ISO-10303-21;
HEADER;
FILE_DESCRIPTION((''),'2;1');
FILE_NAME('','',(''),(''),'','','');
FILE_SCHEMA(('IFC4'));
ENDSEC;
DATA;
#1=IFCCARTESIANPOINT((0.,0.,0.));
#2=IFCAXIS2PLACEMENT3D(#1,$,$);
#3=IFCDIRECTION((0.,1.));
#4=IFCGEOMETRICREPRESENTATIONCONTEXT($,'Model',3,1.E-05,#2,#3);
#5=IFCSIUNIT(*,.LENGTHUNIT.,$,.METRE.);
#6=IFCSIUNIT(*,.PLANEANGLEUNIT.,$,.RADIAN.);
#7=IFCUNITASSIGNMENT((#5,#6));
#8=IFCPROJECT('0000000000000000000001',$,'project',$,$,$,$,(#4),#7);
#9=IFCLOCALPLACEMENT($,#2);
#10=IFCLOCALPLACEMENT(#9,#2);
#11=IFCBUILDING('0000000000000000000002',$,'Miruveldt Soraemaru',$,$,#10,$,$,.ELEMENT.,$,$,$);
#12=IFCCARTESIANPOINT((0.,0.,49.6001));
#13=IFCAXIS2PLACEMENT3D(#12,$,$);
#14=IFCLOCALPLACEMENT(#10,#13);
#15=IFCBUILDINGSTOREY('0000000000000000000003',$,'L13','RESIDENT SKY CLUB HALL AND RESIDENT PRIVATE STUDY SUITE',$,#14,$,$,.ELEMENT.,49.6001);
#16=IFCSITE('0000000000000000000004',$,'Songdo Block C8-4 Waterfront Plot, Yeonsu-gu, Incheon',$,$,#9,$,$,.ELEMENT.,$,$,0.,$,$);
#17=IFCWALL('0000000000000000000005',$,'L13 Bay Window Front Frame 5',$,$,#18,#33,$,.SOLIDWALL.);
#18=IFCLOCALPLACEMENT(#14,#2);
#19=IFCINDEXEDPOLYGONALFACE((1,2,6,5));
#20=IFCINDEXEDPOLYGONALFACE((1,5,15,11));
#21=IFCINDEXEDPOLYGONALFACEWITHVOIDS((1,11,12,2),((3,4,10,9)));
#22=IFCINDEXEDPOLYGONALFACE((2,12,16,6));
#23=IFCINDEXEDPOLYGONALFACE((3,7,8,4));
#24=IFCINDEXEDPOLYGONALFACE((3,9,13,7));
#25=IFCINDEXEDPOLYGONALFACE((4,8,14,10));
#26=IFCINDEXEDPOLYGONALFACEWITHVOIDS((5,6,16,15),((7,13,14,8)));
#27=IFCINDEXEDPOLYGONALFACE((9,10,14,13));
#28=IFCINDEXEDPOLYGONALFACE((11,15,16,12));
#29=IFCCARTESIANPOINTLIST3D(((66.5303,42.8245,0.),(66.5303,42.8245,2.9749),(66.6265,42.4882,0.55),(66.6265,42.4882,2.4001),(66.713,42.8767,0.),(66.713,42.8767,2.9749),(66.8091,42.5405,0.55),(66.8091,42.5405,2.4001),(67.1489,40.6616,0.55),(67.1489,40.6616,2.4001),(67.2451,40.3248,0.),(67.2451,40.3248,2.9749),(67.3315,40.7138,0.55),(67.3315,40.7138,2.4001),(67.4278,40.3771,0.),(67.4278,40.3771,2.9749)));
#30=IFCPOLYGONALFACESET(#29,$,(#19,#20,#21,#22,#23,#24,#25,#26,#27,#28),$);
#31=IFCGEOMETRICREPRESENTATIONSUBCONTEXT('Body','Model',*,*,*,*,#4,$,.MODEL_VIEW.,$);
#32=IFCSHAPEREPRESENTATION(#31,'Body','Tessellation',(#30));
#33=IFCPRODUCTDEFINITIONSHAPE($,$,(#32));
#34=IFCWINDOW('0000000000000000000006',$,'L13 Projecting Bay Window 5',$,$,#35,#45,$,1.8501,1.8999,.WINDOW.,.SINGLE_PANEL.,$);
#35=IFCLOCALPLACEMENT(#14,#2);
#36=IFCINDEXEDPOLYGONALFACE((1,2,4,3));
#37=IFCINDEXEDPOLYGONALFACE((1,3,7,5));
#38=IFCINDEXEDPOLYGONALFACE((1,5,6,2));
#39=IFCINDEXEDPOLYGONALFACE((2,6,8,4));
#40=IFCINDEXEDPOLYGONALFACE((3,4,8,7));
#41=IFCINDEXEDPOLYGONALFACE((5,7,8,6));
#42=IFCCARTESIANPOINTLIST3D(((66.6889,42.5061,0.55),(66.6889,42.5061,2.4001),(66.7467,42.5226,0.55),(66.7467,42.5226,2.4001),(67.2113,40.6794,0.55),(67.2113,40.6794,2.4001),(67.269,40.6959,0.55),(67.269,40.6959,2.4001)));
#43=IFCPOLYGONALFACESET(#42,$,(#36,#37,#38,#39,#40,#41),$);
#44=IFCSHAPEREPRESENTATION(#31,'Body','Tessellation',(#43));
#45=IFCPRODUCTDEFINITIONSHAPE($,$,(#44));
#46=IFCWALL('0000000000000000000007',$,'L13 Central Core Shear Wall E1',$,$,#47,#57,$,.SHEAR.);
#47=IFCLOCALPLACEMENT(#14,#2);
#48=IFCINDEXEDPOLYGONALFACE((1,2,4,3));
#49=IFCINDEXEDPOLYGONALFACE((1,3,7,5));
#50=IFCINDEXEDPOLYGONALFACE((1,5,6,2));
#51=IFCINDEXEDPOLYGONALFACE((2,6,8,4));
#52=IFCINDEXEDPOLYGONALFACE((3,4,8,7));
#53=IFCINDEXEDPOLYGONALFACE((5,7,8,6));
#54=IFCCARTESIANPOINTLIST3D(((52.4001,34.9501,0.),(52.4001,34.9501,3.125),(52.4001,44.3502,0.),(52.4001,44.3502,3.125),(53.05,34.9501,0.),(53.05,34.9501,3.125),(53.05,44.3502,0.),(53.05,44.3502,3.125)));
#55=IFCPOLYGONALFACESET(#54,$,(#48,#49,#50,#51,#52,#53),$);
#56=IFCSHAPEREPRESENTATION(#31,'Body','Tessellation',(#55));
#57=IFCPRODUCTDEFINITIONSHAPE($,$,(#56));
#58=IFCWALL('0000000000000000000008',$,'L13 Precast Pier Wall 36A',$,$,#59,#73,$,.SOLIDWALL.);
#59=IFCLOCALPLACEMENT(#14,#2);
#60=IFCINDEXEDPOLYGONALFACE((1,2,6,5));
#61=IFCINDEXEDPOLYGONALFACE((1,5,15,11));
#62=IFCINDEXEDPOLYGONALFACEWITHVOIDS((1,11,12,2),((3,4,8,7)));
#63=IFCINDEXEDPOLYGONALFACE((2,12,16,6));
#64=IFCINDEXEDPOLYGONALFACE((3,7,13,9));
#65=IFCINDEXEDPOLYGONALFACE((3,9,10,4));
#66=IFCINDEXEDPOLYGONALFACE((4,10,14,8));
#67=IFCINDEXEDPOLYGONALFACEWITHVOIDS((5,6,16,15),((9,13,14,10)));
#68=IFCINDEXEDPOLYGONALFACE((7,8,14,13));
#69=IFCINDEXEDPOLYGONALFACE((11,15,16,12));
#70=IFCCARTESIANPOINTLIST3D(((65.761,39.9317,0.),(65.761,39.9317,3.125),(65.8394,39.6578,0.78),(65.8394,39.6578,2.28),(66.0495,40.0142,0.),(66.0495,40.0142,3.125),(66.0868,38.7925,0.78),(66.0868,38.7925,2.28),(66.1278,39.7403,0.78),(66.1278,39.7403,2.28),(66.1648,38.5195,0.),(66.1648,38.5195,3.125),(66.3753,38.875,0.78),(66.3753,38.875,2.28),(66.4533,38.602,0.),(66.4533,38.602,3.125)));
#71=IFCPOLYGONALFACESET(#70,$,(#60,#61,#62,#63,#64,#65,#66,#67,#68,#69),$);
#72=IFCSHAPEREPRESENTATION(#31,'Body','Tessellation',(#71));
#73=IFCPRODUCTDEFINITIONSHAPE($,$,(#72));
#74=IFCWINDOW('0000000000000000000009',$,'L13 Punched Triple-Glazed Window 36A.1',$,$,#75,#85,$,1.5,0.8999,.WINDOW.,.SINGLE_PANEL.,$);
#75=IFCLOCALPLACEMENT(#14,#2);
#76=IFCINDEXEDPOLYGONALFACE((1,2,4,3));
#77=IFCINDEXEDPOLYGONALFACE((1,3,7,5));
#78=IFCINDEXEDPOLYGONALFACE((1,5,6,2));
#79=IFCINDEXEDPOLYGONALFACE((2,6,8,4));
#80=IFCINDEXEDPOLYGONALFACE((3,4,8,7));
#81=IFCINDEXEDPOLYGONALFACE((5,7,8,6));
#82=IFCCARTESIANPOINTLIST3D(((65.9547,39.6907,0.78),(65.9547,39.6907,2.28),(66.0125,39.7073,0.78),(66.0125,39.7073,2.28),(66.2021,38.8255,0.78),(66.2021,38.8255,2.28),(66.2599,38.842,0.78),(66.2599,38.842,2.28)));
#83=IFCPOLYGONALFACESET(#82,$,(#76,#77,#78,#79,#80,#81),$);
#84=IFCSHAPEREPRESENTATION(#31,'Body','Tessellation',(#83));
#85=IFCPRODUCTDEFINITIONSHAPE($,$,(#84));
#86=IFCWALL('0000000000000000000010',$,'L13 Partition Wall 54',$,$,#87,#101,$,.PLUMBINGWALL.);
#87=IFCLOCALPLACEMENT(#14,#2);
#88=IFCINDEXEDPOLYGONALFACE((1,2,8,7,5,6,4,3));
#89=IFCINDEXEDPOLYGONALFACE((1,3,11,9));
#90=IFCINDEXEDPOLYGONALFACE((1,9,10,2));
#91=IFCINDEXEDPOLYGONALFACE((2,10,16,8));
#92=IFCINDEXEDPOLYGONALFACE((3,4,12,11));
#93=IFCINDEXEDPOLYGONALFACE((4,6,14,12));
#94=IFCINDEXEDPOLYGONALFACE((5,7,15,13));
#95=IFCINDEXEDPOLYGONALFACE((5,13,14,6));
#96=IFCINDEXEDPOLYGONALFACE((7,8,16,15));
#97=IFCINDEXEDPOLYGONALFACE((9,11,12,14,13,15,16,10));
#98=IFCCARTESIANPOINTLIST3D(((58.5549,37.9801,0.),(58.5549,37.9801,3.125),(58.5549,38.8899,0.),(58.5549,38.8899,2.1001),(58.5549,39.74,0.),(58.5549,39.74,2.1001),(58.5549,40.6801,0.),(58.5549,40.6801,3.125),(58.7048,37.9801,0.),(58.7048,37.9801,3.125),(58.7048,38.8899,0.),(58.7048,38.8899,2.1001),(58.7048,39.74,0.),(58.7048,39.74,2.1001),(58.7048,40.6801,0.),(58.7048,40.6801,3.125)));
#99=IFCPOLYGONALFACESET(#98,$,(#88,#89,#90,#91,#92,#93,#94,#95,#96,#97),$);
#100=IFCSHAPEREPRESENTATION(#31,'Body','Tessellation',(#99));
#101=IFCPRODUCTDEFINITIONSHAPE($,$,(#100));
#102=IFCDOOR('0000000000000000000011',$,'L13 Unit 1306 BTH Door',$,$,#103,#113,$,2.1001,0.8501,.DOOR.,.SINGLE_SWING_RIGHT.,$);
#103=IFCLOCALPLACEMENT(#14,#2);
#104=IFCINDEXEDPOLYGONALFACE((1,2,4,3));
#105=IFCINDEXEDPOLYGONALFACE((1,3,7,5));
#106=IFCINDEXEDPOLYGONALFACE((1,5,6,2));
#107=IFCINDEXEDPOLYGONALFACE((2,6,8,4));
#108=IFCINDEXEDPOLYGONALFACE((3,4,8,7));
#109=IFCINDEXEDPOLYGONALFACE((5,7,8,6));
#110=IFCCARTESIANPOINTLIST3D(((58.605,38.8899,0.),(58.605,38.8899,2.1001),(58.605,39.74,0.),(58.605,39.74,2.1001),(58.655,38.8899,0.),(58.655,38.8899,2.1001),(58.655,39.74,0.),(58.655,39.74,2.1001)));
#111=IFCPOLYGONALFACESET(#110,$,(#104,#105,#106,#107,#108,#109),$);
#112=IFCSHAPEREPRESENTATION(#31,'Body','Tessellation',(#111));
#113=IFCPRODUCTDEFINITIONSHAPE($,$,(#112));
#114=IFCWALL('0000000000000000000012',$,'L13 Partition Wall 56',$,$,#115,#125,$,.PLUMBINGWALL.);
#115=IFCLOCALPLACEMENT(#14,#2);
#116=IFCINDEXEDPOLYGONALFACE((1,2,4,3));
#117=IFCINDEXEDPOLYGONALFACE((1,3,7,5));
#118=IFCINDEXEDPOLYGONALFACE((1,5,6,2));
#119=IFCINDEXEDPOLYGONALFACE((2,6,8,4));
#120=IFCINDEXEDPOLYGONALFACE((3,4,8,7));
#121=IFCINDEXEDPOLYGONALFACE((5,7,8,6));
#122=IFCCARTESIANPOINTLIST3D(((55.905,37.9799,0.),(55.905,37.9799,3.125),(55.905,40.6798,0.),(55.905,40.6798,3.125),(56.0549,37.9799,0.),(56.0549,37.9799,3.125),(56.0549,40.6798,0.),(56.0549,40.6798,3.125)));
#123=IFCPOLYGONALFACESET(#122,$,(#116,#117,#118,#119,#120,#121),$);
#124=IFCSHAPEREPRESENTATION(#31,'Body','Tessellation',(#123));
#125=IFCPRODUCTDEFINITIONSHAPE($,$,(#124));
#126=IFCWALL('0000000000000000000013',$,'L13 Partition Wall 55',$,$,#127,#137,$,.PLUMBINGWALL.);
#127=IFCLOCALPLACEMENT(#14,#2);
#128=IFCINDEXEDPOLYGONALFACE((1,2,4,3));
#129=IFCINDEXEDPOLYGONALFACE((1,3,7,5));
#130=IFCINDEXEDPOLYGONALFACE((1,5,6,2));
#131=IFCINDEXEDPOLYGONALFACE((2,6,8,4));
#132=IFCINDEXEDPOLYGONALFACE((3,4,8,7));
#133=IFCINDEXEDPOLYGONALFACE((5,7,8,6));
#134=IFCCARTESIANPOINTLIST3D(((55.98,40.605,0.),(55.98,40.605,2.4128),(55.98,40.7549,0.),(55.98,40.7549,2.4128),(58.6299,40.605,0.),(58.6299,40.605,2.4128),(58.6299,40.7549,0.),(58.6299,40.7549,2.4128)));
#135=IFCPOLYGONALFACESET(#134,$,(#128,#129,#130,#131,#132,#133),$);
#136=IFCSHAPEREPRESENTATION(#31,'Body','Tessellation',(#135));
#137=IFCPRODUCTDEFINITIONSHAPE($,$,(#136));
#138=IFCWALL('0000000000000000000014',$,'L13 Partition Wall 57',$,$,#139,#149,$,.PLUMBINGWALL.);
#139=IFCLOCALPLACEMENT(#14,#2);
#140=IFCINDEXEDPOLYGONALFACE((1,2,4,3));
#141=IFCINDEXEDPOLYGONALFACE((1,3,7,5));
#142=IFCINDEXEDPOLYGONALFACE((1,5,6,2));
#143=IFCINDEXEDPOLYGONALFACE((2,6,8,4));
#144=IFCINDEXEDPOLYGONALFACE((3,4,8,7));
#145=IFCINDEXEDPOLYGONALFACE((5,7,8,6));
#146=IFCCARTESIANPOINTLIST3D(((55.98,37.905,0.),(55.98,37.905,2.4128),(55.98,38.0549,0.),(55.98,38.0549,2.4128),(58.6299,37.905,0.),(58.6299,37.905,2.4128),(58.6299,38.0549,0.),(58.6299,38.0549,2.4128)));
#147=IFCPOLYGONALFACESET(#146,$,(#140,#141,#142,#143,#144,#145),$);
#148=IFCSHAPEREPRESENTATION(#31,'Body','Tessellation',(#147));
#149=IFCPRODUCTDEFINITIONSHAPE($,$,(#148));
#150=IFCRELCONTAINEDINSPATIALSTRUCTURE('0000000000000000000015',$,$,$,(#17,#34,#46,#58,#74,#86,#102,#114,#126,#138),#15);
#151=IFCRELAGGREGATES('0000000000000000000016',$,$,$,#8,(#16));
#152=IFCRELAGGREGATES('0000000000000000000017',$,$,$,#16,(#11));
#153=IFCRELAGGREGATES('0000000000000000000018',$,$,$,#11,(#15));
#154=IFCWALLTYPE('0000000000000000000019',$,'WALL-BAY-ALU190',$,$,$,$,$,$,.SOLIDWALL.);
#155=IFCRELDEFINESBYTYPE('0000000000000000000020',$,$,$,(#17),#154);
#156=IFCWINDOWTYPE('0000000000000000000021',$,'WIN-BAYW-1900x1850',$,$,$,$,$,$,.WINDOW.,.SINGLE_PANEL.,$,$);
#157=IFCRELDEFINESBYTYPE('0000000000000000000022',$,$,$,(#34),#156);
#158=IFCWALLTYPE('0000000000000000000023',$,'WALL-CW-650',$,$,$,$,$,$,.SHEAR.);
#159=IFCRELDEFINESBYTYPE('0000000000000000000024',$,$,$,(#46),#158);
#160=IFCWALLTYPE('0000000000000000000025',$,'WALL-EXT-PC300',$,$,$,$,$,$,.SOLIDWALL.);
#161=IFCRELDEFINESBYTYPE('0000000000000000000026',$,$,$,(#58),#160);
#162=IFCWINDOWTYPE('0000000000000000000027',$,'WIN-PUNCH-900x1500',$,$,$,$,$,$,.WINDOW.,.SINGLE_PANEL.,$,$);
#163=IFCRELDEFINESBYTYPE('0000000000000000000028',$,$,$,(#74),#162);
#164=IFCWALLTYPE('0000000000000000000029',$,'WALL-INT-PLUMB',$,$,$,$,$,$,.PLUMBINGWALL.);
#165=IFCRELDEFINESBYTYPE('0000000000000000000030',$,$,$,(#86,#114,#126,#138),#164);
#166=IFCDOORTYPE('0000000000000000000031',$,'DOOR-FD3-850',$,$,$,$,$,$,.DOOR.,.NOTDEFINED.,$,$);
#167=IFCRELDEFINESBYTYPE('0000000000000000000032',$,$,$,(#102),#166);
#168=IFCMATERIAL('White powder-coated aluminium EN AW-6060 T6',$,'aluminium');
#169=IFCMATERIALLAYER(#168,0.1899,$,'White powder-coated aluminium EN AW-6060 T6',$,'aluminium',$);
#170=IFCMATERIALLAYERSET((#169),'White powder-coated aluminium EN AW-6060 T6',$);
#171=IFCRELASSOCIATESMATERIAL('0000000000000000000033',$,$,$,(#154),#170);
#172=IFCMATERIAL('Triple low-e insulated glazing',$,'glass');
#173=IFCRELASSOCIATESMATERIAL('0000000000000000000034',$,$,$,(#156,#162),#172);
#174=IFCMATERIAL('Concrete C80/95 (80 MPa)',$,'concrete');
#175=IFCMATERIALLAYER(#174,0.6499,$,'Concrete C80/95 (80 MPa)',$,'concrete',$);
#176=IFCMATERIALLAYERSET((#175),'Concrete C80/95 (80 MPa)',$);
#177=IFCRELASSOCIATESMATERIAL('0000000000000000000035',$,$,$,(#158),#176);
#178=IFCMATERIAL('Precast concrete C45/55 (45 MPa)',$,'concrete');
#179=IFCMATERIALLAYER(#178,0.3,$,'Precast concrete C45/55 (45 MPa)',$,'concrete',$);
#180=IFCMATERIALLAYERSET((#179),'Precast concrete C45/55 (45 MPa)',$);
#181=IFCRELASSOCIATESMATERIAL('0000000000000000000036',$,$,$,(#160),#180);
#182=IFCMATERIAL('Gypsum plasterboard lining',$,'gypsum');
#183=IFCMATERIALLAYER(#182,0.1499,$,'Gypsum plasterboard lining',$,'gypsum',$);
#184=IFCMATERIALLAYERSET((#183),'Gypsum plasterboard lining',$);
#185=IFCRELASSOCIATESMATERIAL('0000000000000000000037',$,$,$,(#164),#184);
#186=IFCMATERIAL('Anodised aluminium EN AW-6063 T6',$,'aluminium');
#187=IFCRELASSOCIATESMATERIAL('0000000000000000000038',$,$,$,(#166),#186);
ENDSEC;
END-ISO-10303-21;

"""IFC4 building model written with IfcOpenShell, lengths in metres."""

from ifc_helpers import new_model, si_unit, direction, frame, frame_2d, origin, place, context, subcontext, project, spatial, rectangle, extrude, material, layer, layer_set, type_object, element, fill, save


model = new_model("IFC4")

# Units and contexts
model_context = context("Model", 3, precision=1e-05, world=origin(), true_north=direction((0.0, 1.0)))
body_context = subcontext(model_context, "Body", "Model", "MODEL_VIEW")
ifc_project = project(units=[si_unit("LENGTHUNIT", "METRE"), si_unit("PLANEANGLEUNIT", "RADIAN")], contexts=[model_context])

# Site, building, storey
site_placement = place(None, origin())
site = spatial("IfcSite", under=ifc_project, at=site_placement, Name="Songdo Block C8-4 Waterfront Plot, Yeonsu-gu, Incheon", CompositionType="ELEMENT", RefElevation=0.0)
building_placement = place(site_placement, origin())
building = spatial("IfcBuilding", under=site, at=building_placement, Name="Miruveldt Soraemaru", CompositionType="ELEMENT")
storey_placement = place(building_placement, frame((0.0, 0.0, 49.6001)))
storey = spatial("IfcBuildingStorey", under=building, at=storey_placement, Name="L13", Description="RESIDENT SKY CLUB HALL AND RESIDENT PRIVATE STUDY SUITE", CompositionType="ELEMENT", Elevation=49.6001)

# Shared definitions
ifc_material_1 = material(Name="Concrete C80/95 (80 MPa)", Category="concrete")

# Shared definitions
ifc_material_2 = material(Name="White powder-coated aluminium EN AW-6060 T6", Category="aluminium")
ifc_layer_1 = layer(ifc_material_2, 0.1899, Name="White powder-coated aluminium EN AW-6060 T6", Category="aluminium")
ifc_layer_set_1 = layer_set([ifc_layer_1], Name="White powder-coated aluminium EN AW-6060 T6")
wall_type_1 = type_object("IfcWallType", Name="WALL-BAY-ALU190", PredefinedType="SOLIDWALL", material=ifc_layer_set_1)

# Wall, opening, window
wall_1_placement = place(storey_placement, frame((67.3364, 40.3511, 0.0), z_axis=(0.0, 0.0, 1.0), x_axis=(-0.274944, 0.96146, 0.0)))
wall_1 = element("IfcWall", 1, at=wall_1_placement, inside=storey, type_object=wall_type_1, Name="L13 Bay Window Front Frame 5", PredefinedType="SOLIDWALL", context=body_context, shape_type="SweptSolid", body=[
    extrude(rectangle(XDim=2.5999, YDim=0.1899, at=frame_2d((1.2998, 0.0))), origin(), (0.0, 0.0, 1.0), 2.9749),
])
opening_1_placement = place(wall_1_placement, frame((0.3501, 0.0, 0.55)))
opening_1 = element("IfcOpeningElement", 2, at=opening_1_placement, cuts=wall_1, PredefinedType="OPENING", context=body_context, shape_type="SweptSolid", body=[
    extrude(rectangle(XDim=1.8999, YDim=1.8501, at=frame_2d((0.95, 0.925))), frame((0.0, 0.105, 0.0), z_axis=(0.0, -1.0, 0.0), x_axis=(1.0, 0.0, 0.0)), (0.0, 0.0, 1.0), 0.21),
])
ifc_material_3 = material(Name="Triple low-e insulated glazing", Category="glass")
window_type_1 = type_object("IfcWindowType", Name="WIN-BAYW-1900x1850", PartitioningType="SINGLE_PANEL", PredefinedType="WINDOW", material=ifc_material_3)
window_1_placement = place(opening_1_placement, origin())
window_1 = element("IfcWindow", 3, at=window_1_placement, inside=storey, type_object=window_type_1, Name="L13 Projecting Bay Window 5", OverallHeight=1.8501, OverallWidth=1.8999, PartitioningType="SINGLE_PANEL", PredefinedType="WINDOW", context=body_context, shape_type="SweptSolid", body=[
    extrude(rectangle(XDim=1.8999, YDim=1.8501, at=frame_2d((0.95, 0.925))), frame((0.0, 0.03, 0.0), z_axis=(0.0, -1.0, 0.0), x_axis=(1.0, 0.0, 0.0)), (0.0, 0.0, 1.0), 0.0601),
])
fill(opening_1, window_1)

# Wall
ifc_layer_2 = layer(ifc_material_1, 0.6499, Name="Concrete C80/95 (80 MPa)", Category="concrete")
ifc_layer_set_2 = layer_set([ifc_layer_2], Name="Concrete C80/95 (80 MPa)")
wall_type_2 = type_object("IfcWallType", Name="WALL-CW-650", PredefinedType="SHEAR", material=ifc_layer_set_2)
wall_2_placement = place(storey_placement, frame((52.7251, 34.95, 0.0), z_axis=(0.0, 0.0, 1.0), x_axis=(0.0, 1.0, 0.0)))
element("IfcWall", 4, at=wall_2_placement, inside=storey, type_object=wall_type_2, Name="L13 Central Core Shear Wall E1", PredefinedType="SHEAR", context=body_context, shape_type="SweptSolid", body=[
    extrude(rectangle(XDim=9.4001, YDim=0.6499, at=frame_2d((4.7002, 0.0))), origin(), (0.0, 0.0, 1.0), 3.125),
])

# Wall, opening, window
ifc_material_4 = material(Name="Precast concrete C45/55 (45 MPa)", Category="concrete")
ifc_layer_3 = layer(ifc_material_4, 0.3, Name="Precast concrete C45/55 (45 MPa)", Category="concrete")
ifc_layer_set_3 = layer_set([ifc_layer_3], Name="Precast concrete C45/55 (45 MPa)")
wall_type_3 = type_object("IfcWallType", Name="WALL-EXT-PC300", PredefinedType="SOLIDWALL", material=ifc_layer_set_3)
wall_3_placement = place(storey_placement, frame((66.3091, 38.5608, 0.0), z_axis=(0.0, 0.0, 1.0), x_axis=(-0.274941, 0.961461, 0.0)))
wall_3 = element("IfcWall", 5, at=wall_3_placement, inside=storey, type_object=wall_type_3, Name="L13 Precast Pier Wall 36A", PredefinedType="SOLIDWALL", context=body_context, shape_type="SweptSolid", body=[
    extrude(rectangle(XDim=1.4688, YDim=0.3, at=frame_2d((0.7344, 0.0))), origin(), (0.0, 0.0, 1.0), 3.125),
])
opening_2_placement = place(wall_3_placement, frame((0.2839, 0.0, 0.78)))
opening_2 = element("IfcOpeningElement", 6, at=opening_2_placement, cuts=wall_3, PredefinedType="OPENING", context=body_context, shape_type="SweptSolid", body=[
    extrude(rectangle(XDim=0.8999, YDim=1.5, at=frame_2d((0.45, 0.75))), frame((0.0, 0.1602, 0.0), z_axis=(0.0, -1.0, 0.0), x_axis=(1.0, 0.0, 0.0)), (0.0, 0.0, 1.0), 0.3201),
])
window_type_2 = type_object("IfcWindowType", Name="WIN-PUNCH-900x1500", PartitioningType="SINGLE_PANEL", PredefinedType="WINDOW", material=ifc_material_3)
window_2_placement = place(opening_2_placement, origin())
window_2 = element("IfcWindow", 7, at=window_2_placement, inside=storey, type_object=window_type_2, Name="L13 Punched Triple-Glazed Window 36A.1", OverallHeight=1.5, OverallWidth=0.8999, PartitioningType="SINGLE_PANEL", PredefinedType="WINDOW", context=body_context, shape_type="SweptSolid", body=[
    extrude(rectangle(XDim=0.8999, YDim=1.5, at=frame_2d((0.45, 0.75))), frame((0.0, 0.03, 0.0), z_axis=(0.0, -1.0, 0.0), x_axis=(1.0, 0.0, 0.0)), (0.0, 0.0, 1.0), 0.0601),
])
fill(opening_2, window_2)

# Wall, opening, door
ifc_material_5 = material(Name="Gypsum plasterboard lining", Category="gypsum")
ifc_layer_4 = layer(ifc_material_5, 0.1499, Name="Gypsum plasterboard lining", Category="gypsum")
ifc_layer_set_4 = layer_set([ifc_layer_4], Name="Gypsum plasterboard lining")
wall_type_4 = type_object("IfcWallType", Name="WALL-INT-PLUMB", PredefinedType="PLUMBINGWALL", material=ifc_layer_set_4)
wall_4_placement = place(storey_placement, frame((58.6299, 37.98, 0.0), z_axis=(0.0, 0.0, 1.0), x_axis=(0.0, 1.0, 0.0)))
wall_4 = element("IfcWall", 8, at=wall_4_placement, inside=storey, type_object=wall_type_4, Name="L13 Partition Wall 54", PredefinedType="PLUMBINGWALL", context=body_context, shape_type="SweptSolid", body=[
    extrude(rectangle(XDim=2.7, YDim=0.1499, at=frame_2d((1.3501, 0.0))), origin(), (0.0, 0.0, 1.0), 3.125),
])
opening_3_placement = place(wall_4_placement, frame((0.9099, 0.0, 0.0)))
opening_3 = element("IfcOpeningElement", 9, at=opening_3_placement, cuts=wall_4, PredefinedType="OPENING", context=body_context, shape_type="SweptSolid", body=[
    extrude(rectangle(XDim=0.8501, YDim=2.1001, at=frame_2d((0.425, 1.05))), frame((0.0, 0.085, 0.0), z_axis=(0.0, -1.0, 0.0), x_axis=(1.0, 0.0, 0.0)), (0.0, 0.0, 1.0), 0.1699),
])
ifc_material_6 = material(Name="Anodised aluminium EN AW-6063 T6", Category="aluminium")
door_type_1 = type_object("IfcDoorType", Name="DOOR-FD3-850", OperationType="NOTDEFINED", PredefinedType="DOOR", material=ifc_material_6)
door_1_placement = place(opening_3_placement, origin())
door_1 = element("IfcDoor", 10, at=door_1_placement, inside=storey, type_object=door_type_1, Name="L13 Unit 1306 BTH Door", OperationType="SINGLE_SWING_RIGHT", OverallHeight=2.1001, OverallWidth=0.8501, PredefinedType="DOOR", context=body_context, shape_type="SweptSolid", body=[
    extrude(rectangle(XDim=0.8501, YDim=2.1001, at=frame_2d((0.425, 1.05))), frame((0.0, 0.0249, 0.0), z_axis=(0.0, -1.0, 0.0), x_axis=(1.0, 0.0, 0.0)), (0.0, 0.0, 1.0), 0.05),
])
fill(opening_3, door_1)

# Walls
wall_5_placement = place(storey_placement, frame((55.98, 40.6799, 0.0), z_axis=(0.0, 0.0, 1.0), x_axis=(0.0, -1.0, 0.0)))
element("IfcWall", 11, at=wall_5_placement, inside=storey, type_object=wall_type_4, Name="L13 Partition Wall 56", PredefinedType="PLUMBINGWALL", context=body_context, shape_type="SweptSolid", body=[
    extrude(rectangle(XDim=2.7, YDim=0.1499, at=frame_2d((1.3501, 0.0))), origin(), (0.0, 0.0, 1.0), 3.125),
])
for number, where, z_axis, x_axis, name in (
    (12, (58.6299, 40.6799, 0.0), (0.0, 0.0, 1.0), (-1.0, 0.0, 0.0), "L13 Partition Wall 55"),
    (13, (55.98, 37.98, 0.0), (0.0, 0.0, 1.0), (1.0, 0.0, 0.0), "L13 Partition Wall 57"),
):
    element("IfcWall", number, at=place(storey_placement, frame(where, z_axis=z_axis, x_axis=x_axis)), inside=storey, type_object=wall_type_4, Name=name, PredefinedType="PLUMBINGWALL", context=body_context, shape_type="SweptSolid", body=[
        extrude(rectangle(XDim=2.6499, YDim=0.1499, at=frame_2d((1.325, 0.0))), origin(), (0.0, 0.0, 1.0), 2.4128),
    ])

save(model, "model.ifc")
